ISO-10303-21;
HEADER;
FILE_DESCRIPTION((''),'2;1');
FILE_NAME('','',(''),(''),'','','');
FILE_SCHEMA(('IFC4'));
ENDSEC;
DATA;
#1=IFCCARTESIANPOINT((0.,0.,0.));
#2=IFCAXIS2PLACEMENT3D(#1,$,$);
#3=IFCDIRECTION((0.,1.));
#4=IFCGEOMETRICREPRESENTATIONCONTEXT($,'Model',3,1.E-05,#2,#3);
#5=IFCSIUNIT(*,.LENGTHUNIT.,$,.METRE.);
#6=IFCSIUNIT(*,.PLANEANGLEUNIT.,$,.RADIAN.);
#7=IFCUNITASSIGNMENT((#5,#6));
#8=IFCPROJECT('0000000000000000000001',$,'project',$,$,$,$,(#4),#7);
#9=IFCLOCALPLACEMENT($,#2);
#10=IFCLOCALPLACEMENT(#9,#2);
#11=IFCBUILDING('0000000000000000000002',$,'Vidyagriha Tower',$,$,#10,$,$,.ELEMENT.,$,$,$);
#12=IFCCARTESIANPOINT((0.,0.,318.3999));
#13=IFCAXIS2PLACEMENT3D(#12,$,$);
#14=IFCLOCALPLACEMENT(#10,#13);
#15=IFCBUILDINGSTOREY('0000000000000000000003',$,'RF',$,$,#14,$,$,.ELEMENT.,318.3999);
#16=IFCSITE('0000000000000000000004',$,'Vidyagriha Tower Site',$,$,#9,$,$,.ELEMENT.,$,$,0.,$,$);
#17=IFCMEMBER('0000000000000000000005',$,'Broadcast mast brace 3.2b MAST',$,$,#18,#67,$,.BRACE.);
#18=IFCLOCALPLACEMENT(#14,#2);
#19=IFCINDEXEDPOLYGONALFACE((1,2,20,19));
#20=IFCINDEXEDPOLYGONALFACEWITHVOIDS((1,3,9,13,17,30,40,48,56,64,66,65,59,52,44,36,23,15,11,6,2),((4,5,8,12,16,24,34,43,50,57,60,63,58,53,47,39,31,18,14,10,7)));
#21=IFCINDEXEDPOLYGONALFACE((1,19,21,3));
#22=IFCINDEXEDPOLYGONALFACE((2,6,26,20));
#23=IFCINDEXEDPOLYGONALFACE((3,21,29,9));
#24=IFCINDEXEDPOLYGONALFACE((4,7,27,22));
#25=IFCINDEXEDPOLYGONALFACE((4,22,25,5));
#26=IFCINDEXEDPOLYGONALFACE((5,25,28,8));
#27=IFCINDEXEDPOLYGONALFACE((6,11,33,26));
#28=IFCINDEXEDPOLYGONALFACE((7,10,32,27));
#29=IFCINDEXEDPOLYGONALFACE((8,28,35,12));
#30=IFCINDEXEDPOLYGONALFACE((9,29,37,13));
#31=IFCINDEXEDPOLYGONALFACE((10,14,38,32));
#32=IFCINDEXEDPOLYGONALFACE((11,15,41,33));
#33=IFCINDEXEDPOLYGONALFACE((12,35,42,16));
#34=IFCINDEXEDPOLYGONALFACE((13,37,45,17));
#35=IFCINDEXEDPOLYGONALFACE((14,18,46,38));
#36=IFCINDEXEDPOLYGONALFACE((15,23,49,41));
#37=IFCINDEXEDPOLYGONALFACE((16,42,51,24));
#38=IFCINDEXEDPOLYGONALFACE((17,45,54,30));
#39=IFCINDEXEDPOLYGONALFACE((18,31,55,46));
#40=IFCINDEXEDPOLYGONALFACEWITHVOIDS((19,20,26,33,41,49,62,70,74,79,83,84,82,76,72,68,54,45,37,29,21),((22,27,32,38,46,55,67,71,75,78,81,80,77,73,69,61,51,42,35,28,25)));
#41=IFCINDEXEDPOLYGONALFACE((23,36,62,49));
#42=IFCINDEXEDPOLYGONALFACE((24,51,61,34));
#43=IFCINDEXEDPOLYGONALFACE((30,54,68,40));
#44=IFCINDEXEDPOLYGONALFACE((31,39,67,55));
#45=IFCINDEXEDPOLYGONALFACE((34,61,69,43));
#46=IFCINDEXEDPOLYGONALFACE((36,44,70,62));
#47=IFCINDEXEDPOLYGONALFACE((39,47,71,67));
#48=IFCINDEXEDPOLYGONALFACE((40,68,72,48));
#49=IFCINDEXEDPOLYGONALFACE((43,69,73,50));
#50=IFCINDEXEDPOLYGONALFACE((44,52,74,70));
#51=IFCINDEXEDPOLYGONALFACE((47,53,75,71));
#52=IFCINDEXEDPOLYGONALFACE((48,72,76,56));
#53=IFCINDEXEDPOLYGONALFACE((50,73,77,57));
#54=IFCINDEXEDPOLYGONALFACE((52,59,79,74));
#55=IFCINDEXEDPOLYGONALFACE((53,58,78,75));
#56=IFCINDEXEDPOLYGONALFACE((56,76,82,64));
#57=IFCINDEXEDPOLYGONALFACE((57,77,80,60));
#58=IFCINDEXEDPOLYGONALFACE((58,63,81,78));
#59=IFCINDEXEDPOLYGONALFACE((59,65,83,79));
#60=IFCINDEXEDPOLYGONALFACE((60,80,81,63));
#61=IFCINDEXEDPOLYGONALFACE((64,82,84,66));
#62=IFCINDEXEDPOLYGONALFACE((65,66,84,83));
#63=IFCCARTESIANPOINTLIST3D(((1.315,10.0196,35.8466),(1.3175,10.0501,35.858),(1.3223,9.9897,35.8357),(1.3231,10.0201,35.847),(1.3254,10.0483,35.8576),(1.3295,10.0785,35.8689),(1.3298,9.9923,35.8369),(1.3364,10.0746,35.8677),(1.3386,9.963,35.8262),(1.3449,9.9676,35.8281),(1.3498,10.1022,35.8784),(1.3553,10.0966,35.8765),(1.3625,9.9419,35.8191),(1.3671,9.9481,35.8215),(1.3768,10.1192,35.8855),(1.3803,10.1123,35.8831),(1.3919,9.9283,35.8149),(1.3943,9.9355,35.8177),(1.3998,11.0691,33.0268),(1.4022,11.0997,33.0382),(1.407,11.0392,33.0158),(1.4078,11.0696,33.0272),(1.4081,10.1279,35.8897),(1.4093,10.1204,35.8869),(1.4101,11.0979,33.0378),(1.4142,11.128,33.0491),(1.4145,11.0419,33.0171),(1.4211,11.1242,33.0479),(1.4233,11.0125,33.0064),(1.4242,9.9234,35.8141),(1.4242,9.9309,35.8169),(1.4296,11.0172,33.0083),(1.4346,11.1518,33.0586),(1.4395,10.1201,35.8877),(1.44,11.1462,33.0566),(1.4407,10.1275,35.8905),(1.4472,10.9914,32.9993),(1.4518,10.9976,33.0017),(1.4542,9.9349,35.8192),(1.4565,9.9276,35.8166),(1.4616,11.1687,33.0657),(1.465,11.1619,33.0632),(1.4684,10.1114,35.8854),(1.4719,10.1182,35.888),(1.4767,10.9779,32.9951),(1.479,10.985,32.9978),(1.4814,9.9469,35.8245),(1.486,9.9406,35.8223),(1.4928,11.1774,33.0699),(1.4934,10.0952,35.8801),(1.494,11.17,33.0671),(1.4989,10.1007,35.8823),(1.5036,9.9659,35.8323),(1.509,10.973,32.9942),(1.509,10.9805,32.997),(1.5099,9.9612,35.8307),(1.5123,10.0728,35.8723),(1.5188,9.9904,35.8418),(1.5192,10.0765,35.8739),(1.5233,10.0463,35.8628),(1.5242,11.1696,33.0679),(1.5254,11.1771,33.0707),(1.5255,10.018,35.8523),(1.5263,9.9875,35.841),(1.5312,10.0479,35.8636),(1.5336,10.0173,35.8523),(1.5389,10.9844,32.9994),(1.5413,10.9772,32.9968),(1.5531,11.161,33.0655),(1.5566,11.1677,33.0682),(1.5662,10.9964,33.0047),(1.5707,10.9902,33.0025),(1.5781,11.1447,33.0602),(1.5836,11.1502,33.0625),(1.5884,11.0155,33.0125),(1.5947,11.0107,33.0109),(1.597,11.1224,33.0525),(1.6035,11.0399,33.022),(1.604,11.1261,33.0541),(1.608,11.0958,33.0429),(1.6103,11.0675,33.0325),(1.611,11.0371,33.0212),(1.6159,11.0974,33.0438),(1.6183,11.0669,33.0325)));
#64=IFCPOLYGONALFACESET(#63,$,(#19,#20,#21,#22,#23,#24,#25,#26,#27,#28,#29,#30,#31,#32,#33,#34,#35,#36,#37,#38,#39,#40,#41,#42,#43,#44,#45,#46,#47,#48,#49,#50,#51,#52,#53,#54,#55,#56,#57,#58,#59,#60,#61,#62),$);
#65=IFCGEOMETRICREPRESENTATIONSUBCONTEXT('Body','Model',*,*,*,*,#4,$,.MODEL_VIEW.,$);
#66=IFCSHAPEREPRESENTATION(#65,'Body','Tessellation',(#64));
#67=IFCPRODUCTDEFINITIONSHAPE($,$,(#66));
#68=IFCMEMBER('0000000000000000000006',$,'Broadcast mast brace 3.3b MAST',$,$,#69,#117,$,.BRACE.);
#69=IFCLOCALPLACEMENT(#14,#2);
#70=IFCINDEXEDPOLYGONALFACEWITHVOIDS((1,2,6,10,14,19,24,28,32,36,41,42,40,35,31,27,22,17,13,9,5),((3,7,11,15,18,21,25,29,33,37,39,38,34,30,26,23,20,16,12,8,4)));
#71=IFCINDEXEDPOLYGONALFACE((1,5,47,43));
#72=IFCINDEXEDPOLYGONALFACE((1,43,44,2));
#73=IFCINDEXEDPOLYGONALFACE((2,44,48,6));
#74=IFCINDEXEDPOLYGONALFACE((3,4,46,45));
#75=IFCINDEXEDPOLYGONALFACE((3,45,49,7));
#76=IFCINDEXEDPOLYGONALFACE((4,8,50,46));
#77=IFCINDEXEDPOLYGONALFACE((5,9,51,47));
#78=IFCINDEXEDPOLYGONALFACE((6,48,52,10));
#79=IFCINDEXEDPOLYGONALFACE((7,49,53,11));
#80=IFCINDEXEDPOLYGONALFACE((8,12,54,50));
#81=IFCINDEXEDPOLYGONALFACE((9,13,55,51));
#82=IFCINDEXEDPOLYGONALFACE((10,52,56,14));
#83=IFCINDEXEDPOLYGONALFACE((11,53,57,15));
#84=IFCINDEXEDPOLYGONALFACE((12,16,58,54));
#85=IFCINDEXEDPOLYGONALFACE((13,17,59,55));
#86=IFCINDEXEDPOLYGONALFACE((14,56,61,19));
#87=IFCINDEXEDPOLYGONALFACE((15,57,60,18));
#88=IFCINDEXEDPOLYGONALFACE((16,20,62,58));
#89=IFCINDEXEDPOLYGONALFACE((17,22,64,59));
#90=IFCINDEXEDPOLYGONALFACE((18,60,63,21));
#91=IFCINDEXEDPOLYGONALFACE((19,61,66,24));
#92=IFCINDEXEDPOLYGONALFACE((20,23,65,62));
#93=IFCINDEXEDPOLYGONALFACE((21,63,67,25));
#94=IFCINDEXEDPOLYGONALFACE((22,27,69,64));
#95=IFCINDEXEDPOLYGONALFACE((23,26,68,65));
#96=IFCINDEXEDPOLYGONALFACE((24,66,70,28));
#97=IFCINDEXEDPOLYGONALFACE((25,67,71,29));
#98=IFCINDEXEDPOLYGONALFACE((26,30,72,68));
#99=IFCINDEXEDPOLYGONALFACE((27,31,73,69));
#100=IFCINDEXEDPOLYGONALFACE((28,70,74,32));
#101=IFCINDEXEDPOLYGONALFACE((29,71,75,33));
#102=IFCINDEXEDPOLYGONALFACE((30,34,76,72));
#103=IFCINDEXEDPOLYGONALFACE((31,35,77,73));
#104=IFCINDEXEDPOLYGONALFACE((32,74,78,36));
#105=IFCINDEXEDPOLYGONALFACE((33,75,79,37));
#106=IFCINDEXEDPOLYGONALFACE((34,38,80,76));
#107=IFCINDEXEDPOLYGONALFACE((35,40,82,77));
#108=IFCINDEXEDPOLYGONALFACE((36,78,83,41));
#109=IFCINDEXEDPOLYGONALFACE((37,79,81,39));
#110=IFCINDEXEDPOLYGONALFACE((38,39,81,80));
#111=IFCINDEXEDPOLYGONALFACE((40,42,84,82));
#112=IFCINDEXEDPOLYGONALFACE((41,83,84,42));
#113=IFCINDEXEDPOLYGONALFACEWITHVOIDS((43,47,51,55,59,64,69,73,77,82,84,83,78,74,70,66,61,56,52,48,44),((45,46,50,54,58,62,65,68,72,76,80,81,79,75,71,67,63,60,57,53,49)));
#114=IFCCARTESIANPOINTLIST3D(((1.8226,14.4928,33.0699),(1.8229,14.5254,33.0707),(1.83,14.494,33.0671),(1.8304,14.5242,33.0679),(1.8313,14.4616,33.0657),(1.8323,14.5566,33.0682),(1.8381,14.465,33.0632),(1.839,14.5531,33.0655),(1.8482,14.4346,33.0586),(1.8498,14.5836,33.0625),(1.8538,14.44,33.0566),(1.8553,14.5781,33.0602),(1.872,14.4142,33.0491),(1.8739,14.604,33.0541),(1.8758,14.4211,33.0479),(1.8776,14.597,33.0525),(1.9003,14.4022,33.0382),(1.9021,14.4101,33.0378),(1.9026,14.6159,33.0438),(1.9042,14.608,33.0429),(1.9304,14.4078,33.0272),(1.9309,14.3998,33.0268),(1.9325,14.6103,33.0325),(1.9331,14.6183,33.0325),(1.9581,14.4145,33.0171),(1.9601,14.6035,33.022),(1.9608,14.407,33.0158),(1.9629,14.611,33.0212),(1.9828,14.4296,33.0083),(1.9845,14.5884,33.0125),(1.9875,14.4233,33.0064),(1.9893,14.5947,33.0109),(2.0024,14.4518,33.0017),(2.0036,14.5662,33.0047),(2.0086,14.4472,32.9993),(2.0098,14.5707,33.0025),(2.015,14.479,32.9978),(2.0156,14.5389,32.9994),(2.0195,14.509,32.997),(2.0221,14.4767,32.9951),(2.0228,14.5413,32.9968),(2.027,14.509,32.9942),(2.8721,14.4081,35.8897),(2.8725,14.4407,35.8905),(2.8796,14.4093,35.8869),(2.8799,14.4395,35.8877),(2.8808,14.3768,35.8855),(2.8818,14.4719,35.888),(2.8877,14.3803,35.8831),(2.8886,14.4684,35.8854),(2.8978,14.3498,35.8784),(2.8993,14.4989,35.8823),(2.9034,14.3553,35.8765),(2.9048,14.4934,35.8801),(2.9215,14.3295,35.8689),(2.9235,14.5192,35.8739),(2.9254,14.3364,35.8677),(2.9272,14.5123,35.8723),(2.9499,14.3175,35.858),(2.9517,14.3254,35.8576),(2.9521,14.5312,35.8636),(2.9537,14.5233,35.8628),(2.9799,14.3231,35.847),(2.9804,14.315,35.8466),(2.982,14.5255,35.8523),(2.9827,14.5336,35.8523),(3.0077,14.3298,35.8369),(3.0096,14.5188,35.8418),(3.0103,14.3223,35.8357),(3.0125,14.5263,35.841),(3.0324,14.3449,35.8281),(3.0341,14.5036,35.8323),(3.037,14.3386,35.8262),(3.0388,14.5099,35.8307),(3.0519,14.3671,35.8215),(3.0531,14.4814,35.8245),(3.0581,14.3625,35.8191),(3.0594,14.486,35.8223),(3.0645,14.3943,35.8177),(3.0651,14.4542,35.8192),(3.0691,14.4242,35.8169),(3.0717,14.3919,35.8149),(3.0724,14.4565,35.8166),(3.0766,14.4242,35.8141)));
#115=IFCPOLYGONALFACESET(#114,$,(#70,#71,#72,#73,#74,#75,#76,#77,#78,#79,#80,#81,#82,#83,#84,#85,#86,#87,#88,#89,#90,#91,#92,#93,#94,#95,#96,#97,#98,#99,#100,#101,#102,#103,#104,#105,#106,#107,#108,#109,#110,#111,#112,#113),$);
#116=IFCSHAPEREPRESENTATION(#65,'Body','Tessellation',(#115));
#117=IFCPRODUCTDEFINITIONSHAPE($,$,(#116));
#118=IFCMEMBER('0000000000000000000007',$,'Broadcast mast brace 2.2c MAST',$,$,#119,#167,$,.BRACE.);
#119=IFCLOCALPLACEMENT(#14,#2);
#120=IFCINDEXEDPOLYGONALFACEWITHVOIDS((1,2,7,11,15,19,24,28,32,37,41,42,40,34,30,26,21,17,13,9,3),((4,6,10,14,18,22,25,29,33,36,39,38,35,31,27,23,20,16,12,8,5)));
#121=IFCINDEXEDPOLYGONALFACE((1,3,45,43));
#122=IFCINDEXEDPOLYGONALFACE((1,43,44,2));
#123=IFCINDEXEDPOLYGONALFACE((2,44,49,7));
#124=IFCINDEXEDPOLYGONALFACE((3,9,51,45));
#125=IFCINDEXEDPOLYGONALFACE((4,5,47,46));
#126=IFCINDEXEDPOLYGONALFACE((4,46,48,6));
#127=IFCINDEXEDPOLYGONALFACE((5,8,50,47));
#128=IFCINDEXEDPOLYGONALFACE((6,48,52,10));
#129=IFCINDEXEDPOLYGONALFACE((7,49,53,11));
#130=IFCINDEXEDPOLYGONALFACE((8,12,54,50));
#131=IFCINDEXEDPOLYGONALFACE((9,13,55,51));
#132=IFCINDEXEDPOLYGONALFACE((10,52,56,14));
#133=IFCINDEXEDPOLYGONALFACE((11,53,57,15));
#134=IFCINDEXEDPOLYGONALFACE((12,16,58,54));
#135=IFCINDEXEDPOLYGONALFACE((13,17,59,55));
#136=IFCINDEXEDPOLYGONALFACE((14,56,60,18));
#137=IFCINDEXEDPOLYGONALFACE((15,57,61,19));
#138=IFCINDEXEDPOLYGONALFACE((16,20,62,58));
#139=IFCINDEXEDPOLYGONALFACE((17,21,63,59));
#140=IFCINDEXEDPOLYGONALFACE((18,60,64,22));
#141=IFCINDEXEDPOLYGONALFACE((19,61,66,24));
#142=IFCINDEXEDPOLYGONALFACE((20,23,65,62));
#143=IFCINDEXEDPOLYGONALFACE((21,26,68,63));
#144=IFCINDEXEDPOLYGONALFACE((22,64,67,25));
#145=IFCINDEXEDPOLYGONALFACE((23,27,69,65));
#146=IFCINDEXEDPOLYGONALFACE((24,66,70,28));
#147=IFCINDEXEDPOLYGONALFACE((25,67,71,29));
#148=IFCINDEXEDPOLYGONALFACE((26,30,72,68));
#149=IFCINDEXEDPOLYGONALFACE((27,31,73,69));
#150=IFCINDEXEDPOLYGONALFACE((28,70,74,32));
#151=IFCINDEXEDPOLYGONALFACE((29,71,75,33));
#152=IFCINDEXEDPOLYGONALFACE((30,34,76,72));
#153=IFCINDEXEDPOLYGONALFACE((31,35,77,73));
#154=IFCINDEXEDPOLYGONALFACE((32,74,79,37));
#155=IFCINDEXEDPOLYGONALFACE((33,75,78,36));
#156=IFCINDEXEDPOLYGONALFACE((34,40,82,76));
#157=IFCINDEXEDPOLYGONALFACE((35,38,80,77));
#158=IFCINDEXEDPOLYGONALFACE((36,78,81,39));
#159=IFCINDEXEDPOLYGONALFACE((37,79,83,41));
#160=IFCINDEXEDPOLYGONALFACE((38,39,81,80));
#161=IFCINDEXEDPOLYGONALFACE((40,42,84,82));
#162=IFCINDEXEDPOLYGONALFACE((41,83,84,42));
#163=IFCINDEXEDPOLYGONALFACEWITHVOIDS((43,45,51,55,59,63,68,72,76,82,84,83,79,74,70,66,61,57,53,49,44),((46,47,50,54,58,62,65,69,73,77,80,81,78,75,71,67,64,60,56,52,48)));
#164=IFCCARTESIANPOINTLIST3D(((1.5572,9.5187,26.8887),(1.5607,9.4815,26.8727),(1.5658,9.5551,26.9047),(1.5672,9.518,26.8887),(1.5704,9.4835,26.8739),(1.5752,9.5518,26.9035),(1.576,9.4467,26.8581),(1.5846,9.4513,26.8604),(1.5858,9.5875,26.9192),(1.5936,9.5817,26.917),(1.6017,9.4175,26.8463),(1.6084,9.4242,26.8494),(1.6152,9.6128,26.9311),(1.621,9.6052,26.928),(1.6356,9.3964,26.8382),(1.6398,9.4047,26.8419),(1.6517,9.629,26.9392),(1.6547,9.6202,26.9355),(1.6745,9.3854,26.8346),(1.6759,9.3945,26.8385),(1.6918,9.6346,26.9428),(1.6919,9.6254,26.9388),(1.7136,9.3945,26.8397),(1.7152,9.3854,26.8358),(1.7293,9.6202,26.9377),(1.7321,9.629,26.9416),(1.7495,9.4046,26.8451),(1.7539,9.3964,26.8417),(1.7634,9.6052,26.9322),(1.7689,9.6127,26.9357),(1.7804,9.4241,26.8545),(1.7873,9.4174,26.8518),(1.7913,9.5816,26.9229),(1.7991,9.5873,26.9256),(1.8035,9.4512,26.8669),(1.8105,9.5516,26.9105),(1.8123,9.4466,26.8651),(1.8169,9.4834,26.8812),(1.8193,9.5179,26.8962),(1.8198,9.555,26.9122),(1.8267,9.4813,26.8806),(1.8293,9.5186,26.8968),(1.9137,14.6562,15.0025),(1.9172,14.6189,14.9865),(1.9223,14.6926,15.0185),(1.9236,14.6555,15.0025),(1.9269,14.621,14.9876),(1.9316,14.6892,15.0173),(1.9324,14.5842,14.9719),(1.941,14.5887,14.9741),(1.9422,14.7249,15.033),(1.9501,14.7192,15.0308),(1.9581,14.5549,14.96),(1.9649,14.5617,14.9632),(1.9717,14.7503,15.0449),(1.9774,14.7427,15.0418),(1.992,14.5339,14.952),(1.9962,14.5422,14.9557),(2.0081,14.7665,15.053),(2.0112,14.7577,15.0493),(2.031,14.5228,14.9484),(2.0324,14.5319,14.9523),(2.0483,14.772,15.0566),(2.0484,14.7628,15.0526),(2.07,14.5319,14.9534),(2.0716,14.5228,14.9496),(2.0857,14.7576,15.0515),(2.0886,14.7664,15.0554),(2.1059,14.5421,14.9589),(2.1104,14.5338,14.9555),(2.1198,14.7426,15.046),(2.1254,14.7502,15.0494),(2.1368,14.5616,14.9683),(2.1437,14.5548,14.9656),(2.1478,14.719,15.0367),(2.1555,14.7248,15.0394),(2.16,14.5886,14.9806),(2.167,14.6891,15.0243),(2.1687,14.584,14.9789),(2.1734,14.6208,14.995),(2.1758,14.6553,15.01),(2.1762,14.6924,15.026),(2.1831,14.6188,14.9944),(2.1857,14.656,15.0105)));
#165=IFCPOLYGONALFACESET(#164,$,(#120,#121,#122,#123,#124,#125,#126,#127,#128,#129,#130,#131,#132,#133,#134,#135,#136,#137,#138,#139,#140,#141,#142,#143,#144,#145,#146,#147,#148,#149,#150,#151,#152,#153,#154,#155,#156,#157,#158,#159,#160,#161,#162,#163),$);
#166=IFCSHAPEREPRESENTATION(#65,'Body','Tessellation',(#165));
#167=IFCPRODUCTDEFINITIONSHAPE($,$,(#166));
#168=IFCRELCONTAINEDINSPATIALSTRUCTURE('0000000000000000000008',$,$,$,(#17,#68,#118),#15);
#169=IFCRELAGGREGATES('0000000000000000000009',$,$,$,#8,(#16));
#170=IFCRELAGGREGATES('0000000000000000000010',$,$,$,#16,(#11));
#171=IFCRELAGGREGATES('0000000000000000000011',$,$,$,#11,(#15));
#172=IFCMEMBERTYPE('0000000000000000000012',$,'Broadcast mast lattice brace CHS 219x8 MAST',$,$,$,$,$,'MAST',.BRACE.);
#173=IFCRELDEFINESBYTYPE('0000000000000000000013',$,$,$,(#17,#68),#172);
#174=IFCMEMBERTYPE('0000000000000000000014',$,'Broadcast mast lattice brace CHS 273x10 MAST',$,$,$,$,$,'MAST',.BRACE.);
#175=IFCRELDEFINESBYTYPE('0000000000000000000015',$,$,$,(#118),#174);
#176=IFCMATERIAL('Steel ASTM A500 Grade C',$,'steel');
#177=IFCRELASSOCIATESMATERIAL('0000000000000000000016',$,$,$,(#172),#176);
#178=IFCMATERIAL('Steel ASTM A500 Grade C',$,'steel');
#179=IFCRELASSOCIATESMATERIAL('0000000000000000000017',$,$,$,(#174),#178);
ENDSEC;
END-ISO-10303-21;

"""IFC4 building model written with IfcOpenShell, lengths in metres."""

from ifc_helpers import new_model, si_unit, direction, frame, origin, origin_2d, place, context, subcontext, project, spatial, hollow_circle, extrude, material, material_profile, profile_set, type_object, element, save


model = new_model("IFC4")

# Units and contexts
model_context = context("Model", 3, precision=1e-05, world=origin(), true_north=direction((0.0, 1.0)))
body_context = subcontext(model_context, "Body", "Model", "MODEL_VIEW")
ifc_project = project(units=[si_unit("LENGTHUNIT", "METRE"), si_unit("PLANEANGLEUNIT", "RADIAN")], contexts=[model_context])

# Site, building, storey
site_placement = place(None, origin())
site = spatial("IfcSite", under=ifc_project, at=site_placement, Name="Vidyagriha Tower Site", CompositionType="ELEMENT", RefElevation=0.0)
building_placement = place(site_placement, origin())
building = spatial("IfcBuilding", under=site, at=building_placement, Name="Vidyagriha Tower", CompositionType="ELEMENT")
storey_placement = place(building_placement, frame((0.0, 0.0, 318.3999)))
storey = spatial("IfcBuildingStorey", under=building, at=storey_placement, Name="RF", CompositionType="ELEMENT", Elevation=318.3999)

# Members
ifc_material_1 = material(Name="Steel ASTM A500 Grade C", Category="steel")
ifc_material_profile_1 = material_profile(ifc_material_1, hollow_circle(Radius=0.1096, WallThickness=0.0081, at=origin_2d()), Name="Broadcast mast lattice brace CHS 219x8 MAST")
ifc_profile_set_1 = profile_set([ifc_material_profile_1], Name="Steel ASTM A500 Grade C")
member_type_1 = type_object("IfcMemberType", Name="Broadcast mast lattice brace CHS 219x8 MAST", ElementType="MAST", PredefinedType="BRACE", material=ifc_profile_set_1)
for number, where, z_axis, x_axis, name in (
    (1, (1.509, 11.0757, 33.0325), (-0.028145, -0.34869, 0.936815), (0.996758, -0.080455, 0.0), "Broadcast mast brace 3.2b MAST"),
    (2, (1.9243, 14.509, 33.0325), (0.34869, -0.028145, 0.936815), (0.080455, 0.996758, 0.0), "Broadcast mast brace 3.3b MAST"),
):
    element("IfcMember", number, at=place(storey_placement, frame(where, z_axis=z_axis, x_axis=x_axis)), inside=storey, type_object=member_type_1, Name=name, PredefinedType="BRACE", context=body_context, shape_type="SweptSolid", body=[
        extrude(hollow_circle(Radius=0.1096, WallThickness=0.0081, at=origin_2d()), origin(), (0.0, 0.0, 1.0), 3.01),
    ])
ifc_material_2 = material(Name="Steel ASTM A500 Grade C", Category="steel")
ifc_material_profile_2 = material_profile(ifc_material_2, hollow_circle(Radius=0.1365, WallThickness=0.01, at=origin_2d()), Name="Broadcast mast lattice brace CHS 273x10 MAST")
ifc_profile_set_2 = profile_set([ifc_material_profile_2], Name="Steel ASTM A500 Grade C")
member_type_2 = type_object("IfcMemberType", Name="Broadcast mast lattice brace CHS 273x10 MAST", ElementType="MAST", PredefinedType="BRACE", material=ifc_profile_set_2)
for number, where, z_axis, x_axis, name in (
    (3, (1.6934, 9.5093, 26.8887), (0.027516, 0.396596, -0.917581), (-0.997602, 0.069215, 0.0), "Broadcast mast brace 2.2c MAST"),
):
    element("IfcMember", number, at=place(storey_placement, frame(where, z_axis=z_axis, x_axis=x_axis)), inside=storey, type_object=member_type_2, Name=name, PredefinedType="BRACE", context=body_context, shape_type="SweptSolid", body=[
        extrude(hollow_circle(Radius=0.1365, WallThickness=0.01, at=origin_2d()), origin(), (0.0, 0.0, 1.0), 12.9539),
    ])

save(model, "model.ifc")
